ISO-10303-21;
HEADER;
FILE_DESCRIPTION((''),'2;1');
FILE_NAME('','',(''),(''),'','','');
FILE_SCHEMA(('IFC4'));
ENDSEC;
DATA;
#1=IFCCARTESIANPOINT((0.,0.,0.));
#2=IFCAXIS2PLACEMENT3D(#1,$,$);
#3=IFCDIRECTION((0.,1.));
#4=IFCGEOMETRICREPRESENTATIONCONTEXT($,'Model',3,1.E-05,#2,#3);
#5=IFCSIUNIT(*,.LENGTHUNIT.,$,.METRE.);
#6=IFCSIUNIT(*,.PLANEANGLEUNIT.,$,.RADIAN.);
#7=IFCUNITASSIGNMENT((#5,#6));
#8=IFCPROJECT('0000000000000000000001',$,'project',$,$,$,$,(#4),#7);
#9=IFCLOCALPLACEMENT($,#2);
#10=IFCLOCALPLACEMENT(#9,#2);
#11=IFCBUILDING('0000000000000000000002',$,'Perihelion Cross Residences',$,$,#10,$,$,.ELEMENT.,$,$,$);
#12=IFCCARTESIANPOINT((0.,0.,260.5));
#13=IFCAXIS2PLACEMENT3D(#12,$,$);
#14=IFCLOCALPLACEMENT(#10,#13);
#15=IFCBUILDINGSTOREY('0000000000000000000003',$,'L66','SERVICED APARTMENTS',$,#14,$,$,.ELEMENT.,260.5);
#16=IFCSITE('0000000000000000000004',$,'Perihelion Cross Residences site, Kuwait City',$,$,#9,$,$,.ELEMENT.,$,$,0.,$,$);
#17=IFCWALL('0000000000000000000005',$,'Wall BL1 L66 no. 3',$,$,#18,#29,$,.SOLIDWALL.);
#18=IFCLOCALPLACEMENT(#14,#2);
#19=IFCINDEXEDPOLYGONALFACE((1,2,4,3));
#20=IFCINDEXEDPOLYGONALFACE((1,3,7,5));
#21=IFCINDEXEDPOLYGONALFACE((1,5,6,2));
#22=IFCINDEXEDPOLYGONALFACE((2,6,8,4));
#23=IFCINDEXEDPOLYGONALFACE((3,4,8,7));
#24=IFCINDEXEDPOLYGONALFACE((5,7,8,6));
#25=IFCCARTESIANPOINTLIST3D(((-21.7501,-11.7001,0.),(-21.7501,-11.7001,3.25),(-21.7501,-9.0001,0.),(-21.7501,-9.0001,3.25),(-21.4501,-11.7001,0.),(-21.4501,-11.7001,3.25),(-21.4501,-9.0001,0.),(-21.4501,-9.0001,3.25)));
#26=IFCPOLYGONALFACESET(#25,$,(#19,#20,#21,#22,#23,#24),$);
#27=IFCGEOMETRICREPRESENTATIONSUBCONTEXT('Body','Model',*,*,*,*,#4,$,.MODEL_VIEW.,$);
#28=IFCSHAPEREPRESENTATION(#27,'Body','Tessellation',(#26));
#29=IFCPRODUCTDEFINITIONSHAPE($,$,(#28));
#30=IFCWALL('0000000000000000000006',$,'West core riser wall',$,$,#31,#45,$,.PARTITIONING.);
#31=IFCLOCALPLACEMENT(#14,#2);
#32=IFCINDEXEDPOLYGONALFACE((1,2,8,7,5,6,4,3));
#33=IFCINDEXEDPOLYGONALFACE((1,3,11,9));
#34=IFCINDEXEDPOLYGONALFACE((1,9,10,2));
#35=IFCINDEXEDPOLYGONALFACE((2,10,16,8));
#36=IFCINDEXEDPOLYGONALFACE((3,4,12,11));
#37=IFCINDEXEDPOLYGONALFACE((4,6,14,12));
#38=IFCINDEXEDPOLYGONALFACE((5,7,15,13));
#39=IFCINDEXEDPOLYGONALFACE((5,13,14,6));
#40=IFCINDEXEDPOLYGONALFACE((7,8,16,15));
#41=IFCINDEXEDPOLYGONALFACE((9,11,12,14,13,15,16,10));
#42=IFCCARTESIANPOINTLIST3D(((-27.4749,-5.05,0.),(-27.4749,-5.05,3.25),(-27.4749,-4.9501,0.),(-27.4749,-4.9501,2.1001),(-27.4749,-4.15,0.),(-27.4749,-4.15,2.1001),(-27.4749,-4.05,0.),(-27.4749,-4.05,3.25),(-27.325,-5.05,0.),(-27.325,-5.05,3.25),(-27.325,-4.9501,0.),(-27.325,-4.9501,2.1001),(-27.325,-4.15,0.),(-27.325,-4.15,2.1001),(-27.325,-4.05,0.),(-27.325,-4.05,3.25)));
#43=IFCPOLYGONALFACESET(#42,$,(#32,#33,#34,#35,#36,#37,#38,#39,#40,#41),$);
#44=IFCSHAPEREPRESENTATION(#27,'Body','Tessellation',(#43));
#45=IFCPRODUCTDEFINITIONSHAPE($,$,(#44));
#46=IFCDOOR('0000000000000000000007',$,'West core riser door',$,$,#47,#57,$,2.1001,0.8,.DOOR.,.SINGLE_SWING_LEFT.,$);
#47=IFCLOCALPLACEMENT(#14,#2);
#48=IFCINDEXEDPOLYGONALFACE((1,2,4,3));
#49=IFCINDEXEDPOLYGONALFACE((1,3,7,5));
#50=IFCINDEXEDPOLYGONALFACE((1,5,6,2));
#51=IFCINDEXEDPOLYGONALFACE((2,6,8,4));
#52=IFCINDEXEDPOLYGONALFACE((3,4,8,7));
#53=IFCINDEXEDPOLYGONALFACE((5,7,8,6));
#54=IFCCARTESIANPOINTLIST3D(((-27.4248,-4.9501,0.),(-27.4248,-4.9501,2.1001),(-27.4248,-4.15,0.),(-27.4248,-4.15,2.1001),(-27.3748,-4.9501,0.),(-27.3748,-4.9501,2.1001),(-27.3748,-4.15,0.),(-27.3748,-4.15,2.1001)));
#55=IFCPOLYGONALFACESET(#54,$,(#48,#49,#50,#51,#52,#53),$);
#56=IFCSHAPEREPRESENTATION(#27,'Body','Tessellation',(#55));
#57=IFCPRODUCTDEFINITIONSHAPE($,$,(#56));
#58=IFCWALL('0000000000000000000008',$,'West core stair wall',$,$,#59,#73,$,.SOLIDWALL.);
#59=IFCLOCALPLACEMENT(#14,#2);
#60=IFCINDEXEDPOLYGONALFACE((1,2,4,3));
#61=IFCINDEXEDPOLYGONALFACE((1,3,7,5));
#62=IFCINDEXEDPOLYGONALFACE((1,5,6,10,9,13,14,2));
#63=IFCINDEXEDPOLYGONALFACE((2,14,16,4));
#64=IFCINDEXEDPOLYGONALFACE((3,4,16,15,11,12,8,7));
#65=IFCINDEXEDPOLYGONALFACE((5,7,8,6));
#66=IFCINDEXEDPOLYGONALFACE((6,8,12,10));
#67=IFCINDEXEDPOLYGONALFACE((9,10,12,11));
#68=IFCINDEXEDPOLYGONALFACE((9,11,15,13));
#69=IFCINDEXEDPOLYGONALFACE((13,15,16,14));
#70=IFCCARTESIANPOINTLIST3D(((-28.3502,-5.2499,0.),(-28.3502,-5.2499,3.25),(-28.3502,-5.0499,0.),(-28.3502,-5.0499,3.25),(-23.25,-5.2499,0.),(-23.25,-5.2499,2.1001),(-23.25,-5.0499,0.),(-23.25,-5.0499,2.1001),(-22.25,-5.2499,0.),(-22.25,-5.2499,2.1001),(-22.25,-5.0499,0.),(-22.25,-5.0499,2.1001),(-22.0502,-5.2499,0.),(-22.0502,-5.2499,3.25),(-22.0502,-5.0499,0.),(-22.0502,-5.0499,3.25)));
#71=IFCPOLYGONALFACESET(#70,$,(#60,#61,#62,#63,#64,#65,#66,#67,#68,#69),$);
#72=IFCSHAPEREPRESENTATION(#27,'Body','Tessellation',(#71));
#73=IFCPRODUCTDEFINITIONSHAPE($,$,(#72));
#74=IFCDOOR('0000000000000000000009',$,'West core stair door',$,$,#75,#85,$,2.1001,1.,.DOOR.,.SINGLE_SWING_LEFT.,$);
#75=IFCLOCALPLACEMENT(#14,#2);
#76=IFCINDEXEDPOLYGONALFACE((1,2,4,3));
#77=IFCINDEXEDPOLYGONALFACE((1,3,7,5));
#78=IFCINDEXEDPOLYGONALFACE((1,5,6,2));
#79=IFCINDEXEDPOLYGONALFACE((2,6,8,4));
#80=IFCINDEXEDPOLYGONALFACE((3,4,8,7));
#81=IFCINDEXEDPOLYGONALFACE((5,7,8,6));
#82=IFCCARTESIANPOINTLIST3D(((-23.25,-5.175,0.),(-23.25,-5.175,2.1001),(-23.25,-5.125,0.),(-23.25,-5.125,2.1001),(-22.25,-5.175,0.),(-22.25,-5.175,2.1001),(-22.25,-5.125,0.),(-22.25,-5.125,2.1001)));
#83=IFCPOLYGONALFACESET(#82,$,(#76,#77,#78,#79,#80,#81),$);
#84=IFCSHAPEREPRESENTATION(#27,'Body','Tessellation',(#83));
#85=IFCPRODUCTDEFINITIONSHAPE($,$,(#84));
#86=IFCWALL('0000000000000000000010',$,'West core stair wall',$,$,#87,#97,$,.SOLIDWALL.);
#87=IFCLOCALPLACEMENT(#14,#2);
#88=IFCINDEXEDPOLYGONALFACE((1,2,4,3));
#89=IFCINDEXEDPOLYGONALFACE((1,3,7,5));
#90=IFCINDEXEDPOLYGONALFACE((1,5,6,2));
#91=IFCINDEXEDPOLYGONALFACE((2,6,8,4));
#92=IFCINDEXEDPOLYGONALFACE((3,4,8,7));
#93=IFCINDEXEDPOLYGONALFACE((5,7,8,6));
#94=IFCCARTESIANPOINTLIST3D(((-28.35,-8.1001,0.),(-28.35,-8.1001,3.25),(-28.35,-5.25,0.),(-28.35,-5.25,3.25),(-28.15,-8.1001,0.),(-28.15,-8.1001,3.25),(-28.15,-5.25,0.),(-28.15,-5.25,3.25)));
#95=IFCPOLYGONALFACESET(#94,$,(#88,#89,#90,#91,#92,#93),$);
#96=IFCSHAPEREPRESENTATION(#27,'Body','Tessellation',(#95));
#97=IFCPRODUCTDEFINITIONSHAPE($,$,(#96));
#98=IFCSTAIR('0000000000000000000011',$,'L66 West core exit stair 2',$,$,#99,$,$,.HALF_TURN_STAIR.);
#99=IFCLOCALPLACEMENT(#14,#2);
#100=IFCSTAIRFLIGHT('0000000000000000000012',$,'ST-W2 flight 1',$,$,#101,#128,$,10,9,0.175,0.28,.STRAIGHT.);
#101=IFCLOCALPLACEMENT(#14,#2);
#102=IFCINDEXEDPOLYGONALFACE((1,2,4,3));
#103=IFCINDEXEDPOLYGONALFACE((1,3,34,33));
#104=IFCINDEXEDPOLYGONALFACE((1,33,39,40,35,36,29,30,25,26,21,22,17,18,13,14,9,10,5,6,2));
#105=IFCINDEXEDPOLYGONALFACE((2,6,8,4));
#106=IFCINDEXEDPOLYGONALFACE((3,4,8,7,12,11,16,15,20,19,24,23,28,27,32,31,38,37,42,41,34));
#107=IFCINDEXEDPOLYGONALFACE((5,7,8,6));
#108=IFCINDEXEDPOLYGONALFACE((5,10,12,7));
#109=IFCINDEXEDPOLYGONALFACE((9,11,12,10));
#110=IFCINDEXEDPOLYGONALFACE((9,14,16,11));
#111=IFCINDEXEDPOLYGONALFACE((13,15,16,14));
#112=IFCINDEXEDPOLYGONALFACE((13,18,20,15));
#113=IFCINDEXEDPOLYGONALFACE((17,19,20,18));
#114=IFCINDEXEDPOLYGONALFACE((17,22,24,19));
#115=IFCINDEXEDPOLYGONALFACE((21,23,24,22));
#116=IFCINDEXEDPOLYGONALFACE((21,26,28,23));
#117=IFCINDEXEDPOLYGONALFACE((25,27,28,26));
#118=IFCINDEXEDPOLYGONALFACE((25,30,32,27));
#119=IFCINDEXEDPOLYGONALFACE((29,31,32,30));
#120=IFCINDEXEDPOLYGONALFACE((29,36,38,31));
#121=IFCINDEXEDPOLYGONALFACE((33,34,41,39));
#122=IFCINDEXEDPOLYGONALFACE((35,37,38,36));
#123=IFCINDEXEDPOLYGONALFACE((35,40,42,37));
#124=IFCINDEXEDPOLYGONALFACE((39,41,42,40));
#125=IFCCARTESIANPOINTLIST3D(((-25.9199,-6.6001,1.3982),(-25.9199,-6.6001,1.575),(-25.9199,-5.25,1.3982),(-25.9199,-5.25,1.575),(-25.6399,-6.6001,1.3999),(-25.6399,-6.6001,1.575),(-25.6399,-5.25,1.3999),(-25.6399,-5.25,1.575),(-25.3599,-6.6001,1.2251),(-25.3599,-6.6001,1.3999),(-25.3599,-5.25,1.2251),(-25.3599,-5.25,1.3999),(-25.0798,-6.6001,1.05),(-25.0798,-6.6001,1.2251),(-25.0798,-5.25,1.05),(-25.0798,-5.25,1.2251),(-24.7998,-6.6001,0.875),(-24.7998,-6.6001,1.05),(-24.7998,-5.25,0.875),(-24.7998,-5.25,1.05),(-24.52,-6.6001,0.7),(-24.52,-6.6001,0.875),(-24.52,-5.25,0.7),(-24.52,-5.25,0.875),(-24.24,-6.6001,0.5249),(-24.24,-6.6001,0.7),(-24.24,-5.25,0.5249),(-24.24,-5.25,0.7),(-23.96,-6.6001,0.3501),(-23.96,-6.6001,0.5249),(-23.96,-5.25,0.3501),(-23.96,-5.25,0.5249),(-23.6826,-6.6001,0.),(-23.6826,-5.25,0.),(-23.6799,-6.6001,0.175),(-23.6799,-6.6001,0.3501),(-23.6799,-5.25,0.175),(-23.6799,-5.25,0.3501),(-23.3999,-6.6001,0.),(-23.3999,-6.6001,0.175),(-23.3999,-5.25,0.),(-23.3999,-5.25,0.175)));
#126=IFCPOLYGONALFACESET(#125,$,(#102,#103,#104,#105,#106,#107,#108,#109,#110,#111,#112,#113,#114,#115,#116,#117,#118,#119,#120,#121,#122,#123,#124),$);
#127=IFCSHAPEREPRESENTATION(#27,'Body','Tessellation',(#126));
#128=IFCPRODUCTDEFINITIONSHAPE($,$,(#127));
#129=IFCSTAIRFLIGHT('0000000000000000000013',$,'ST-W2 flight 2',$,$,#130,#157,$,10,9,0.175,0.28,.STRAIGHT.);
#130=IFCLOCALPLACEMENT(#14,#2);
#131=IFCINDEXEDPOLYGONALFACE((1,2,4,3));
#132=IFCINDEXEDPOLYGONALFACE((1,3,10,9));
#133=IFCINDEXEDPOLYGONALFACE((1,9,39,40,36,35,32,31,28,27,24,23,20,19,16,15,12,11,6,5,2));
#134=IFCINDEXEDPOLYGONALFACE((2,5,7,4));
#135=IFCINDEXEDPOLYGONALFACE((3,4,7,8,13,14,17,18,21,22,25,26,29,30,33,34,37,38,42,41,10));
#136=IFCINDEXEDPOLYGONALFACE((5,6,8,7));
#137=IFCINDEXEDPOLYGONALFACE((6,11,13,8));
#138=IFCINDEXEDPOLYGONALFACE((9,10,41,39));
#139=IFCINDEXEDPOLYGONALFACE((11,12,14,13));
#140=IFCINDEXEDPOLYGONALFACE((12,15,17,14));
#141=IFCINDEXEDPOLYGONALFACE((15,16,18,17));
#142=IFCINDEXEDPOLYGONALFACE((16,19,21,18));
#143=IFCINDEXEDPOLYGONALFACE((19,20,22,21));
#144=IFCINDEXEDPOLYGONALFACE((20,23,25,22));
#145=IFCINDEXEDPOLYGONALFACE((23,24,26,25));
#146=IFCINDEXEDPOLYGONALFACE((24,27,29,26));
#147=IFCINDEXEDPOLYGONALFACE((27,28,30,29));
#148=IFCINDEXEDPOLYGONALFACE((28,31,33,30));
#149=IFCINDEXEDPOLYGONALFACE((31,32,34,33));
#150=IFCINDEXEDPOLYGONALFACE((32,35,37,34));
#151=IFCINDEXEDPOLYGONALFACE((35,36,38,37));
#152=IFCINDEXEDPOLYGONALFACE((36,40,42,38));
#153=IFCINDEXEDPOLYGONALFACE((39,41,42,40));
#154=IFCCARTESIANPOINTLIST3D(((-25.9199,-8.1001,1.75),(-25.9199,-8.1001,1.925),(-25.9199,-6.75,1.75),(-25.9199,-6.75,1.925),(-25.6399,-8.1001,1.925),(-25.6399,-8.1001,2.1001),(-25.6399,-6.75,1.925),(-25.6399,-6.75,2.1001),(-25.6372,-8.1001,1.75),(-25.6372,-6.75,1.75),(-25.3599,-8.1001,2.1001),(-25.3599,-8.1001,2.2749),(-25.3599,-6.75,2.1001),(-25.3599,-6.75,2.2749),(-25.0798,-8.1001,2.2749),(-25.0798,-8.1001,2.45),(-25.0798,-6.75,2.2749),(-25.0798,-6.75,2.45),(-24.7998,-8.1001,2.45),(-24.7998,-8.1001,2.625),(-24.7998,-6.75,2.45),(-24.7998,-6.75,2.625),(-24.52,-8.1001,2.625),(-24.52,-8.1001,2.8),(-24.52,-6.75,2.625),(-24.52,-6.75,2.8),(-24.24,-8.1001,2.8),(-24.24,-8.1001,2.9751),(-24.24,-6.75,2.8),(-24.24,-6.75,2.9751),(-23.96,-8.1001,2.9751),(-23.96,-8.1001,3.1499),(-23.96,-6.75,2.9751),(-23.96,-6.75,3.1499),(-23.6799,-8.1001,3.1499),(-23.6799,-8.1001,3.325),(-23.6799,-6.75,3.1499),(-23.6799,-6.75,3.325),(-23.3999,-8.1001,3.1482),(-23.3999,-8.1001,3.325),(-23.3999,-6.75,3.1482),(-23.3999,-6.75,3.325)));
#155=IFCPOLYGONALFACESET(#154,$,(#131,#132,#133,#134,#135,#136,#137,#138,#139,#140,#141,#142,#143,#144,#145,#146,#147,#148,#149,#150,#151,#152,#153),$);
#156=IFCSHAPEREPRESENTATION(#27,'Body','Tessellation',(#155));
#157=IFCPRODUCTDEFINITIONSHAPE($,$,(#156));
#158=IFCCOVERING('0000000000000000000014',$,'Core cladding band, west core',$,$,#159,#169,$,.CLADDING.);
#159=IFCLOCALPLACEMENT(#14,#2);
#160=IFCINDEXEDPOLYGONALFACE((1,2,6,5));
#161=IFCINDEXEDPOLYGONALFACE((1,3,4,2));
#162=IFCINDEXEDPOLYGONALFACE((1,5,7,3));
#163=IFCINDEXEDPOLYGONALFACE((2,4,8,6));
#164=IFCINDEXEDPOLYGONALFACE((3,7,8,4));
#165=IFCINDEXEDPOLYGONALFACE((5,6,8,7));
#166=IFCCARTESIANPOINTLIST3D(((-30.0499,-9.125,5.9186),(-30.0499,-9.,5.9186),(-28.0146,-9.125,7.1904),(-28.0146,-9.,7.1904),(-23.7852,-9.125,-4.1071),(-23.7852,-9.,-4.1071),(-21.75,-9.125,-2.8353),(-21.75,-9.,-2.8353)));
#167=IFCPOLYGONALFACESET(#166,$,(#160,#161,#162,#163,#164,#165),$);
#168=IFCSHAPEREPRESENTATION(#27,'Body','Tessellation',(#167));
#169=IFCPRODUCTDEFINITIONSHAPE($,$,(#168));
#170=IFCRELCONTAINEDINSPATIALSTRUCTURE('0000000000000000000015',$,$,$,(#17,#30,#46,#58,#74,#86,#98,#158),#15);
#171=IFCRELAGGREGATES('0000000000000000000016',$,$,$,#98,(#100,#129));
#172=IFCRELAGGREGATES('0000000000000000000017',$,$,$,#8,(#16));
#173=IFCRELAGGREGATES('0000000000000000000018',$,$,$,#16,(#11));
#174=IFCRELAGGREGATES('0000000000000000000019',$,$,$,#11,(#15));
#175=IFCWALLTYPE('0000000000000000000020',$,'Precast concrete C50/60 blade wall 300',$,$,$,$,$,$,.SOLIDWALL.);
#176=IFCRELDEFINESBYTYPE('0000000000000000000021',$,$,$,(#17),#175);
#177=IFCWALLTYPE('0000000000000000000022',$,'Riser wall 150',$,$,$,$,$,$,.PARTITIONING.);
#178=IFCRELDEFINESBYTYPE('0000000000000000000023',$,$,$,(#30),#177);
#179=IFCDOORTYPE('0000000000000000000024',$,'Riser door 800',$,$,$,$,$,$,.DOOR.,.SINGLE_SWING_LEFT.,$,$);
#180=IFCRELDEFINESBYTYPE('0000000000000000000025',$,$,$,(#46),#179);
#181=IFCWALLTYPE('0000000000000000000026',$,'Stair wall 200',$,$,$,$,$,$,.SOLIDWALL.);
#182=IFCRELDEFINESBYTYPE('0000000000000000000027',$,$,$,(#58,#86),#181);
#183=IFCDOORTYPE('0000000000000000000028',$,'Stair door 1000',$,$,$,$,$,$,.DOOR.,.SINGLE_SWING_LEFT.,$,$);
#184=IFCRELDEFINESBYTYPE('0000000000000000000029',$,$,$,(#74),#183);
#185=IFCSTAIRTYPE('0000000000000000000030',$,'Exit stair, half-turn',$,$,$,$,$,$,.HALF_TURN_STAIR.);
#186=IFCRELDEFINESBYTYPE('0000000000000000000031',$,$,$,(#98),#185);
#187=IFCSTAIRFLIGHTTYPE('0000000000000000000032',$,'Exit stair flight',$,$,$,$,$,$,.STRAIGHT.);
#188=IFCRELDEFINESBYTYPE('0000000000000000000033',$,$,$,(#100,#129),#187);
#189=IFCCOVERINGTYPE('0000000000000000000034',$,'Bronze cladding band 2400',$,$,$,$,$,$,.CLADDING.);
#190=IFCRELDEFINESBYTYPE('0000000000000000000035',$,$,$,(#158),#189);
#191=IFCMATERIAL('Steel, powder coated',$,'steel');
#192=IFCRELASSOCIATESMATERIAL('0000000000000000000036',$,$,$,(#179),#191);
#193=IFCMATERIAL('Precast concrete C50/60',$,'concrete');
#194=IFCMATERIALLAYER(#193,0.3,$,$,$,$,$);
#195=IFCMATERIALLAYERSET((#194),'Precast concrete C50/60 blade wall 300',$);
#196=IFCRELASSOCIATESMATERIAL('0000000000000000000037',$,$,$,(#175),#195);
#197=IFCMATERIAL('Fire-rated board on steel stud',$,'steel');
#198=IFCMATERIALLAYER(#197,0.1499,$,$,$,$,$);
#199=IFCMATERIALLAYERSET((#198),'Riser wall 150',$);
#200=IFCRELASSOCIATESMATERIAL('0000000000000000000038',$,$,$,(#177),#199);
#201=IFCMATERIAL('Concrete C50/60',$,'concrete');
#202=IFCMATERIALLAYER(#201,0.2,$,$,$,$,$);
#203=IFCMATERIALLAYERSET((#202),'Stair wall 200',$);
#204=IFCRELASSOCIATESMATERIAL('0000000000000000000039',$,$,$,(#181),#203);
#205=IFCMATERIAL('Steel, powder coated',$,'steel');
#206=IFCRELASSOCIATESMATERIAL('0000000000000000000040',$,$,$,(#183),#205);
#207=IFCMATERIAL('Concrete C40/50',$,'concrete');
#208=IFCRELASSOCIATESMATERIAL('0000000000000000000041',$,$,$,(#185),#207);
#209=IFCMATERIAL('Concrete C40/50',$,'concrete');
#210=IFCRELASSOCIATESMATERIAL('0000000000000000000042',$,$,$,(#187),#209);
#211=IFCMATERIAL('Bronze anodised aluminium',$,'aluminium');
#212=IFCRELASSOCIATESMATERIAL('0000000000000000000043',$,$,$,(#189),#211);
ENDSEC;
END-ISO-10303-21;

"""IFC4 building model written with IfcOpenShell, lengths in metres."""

from ifc_helpers import new_model, si_unit, direction, frame, frame_2d, origin, origin_2d, place, context, subcontext, project, spatial, polyline, rectangle, outline, extrude, material, layer, layer_set, material_profile, profile_set, type_object, element, fill, aggregate, save


model = new_model("IFC4")

# Units and contexts
model_context = context("Model", 3, precision=1e-05, world=origin(), true_north=direction((0.0, 1.0)))
body_context = subcontext(model_context, "Body", "Model", "MODEL_VIEW")
ifc_project = project(units=[si_unit("LENGTHUNIT", "METRE"), si_unit("PLANEANGLEUNIT", "RADIAN")], contexts=[model_context])

# Site, building, storey
site_placement = place(None, origin())
site = spatial("IfcSite", under=ifc_project, at=site_placement, Name="Perihelion Cross Residences site, Kuwait City", CompositionType="ELEMENT", RefElevation=0.0)
building_placement = place(site_placement, origin())
building = spatial("IfcBuilding", under=site, at=building_placement, Name="Perihelion Cross Residences", CompositionType="ELEMENT")
storey_placement = place(building_placement, frame((0.0, 0.0, 260.5)))
storey = spatial("IfcBuildingStorey", under=building, at=storey_placement, Name="L66", Description="SERVICED APARTMENTS", CompositionType="ELEMENT", Elevation=260.5)

# Shared definitions
ifc_material_1 = material(Name="Steel, powder coated", Category="steel")
door_type_1 = type_object("IfcDoorType", Name="Riser door 800", OperationType="SINGLE_SWING_LEFT", PredefinedType="DOOR", material=ifc_material_1)

# Wall
ifc_material_2 = material(Name="Precast concrete C50/60", Category="concrete")
ifc_layer_1 = layer(ifc_material_2, 0.3)
ifc_layer_set_1 = layer_set([ifc_layer_1], Name="Precast concrete C50/60 blade wall 300")
wall_type_1 = type_object("IfcWallType", Name="Precast concrete C50/60 blade wall 300", PredefinedType="SOLIDWALL", material=ifc_layer_set_1)
wall_1_placement = place(storey_placement, frame((-21.6001, -9.0, 0.0), z_axis=(0.0, 0.0, 1.0), x_axis=(0.0, -1.0, 0.0)))
element("IfcWall", 1, at=wall_1_placement, inside=storey, type_object=wall_type_1, Name="Wall BL1 L66 no. 3", PredefinedType="SOLIDWALL", context=body_context, shape_type="SweptSolid", body=[
    extrude(rectangle(XDim=2.7, YDim=0.3, at=frame_2d((1.3501, 0.0))), origin(), (0.0, 0.0, 1.0), 3.25),
])

# Walls, openings, doors
ifc_material_3 = material(Name="Fire-rated board on steel stud", Category="steel")
ifc_layer_2 = layer(ifc_material_3, 0.1499)
ifc_layer_set_2 = layer_set([ifc_layer_2], Name="Riser wall 150")
wall_type_2 = type_object("IfcWallType", Name="Riser wall 150", PredefinedType="PARTITIONING", material=ifc_layer_set_2)
wall_2_placement = place(storey_placement, frame((-27.3999, -5.05, 0.0), z_axis=(0.0, 0.0, 1.0), x_axis=(0.0, 1.0, 0.0)))
wall_2 = element("IfcWall", 2, at=wall_2_placement, inside=storey, type_object=wall_type_2, Name="West core riser wall", PredefinedType="PARTITIONING", context=body_context, shape_type="SweptSolid", body=[
    extrude(rectangle(XDim=1.0, YDim=0.1499, at=frame_2d((0.5, 0.0))), origin(), (0.0, 0.0, 1.0), 3.25),
])
opening_1_placement = place(wall_2_placement, frame((0.1001, 0.0, 0.0)))
opening_1 = element("IfcOpeningElement", 3, at=opening_1_placement, cuts=wall_2, PredefinedType="OPENING", context=body_context, shape_type="SweptSolid", body=[
    extrude(rectangle(XDim=0.8, YDim=2.1001, at=frame_2d((0.3999, 1.05))), frame((0.0, 0.085, 0.0), z_axis=(0.0, -1.0, 0.0), x_axis=(1.0, 0.0, 0.0)), (0.0, 0.0, 1.0), 0.1699),
])
door_1_placement = place(opening_1_placement, origin())
door_1 = element("IfcDoor", 4, at=door_1_placement, inside=storey, type_object=door_type_1, Name="West core riser door", OperationType="SINGLE_SWING_LEFT", OverallHeight=2.1001, OverallWidth=0.8, PredefinedType="DOOR", context=body_context, shape_type="SweptSolid", body=[
    extrude(rectangle(XDim=0.8, YDim=2.1001, at=frame_2d((0.3999, 1.05))), frame((0.0, 0.0249, 0.0), z_axis=(0.0, -1.0, 0.0), x_axis=(1.0, 0.0, 0.0)), (0.0, 0.0, 1.0), 0.05),
])
fill(opening_1, door_1)
ifc_material_4 = material(Name="Concrete C50/60", Category="concrete")
ifc_layer_3 = layer(ifc_material_4, 0.2)
ifc_layer_set_3 = layer_set([ifc_layer_3], Name="Stair wall 200")
wall_type_3 = type_object("IfcWallType", Name="Stair wall 200", PredefinedType="SOLIDWALL", material=ifc_layer_set_3)
wall_3_placement = place(storey_placement, frame((-28.3501, -5.1499, 0.0), z_axis=(0.0, 0.0, 1.0), x_axis=(1.0, 0.0, 0.0)))
wall_3 = element("IfcWall", 5, at=wall_3_placement, inside=storey, type_object=wall_type_3, Name="West core stair wall", PredefinedType="SOLIDWALL", context=body_context, shape_type="SweptSolid", body=[
    extrude(rectangle(XDim=6.3, YDim=0.2, at=frame_2d((3.1499, 0.0))), origin(), (0.0, 0.0, 1.0), 3.25),
])
opening_2_placement = place(wall_3_placement, frame((5.1001, 0.0, 0.0)))
opening_2 = element("IfcOpeningElement", 6, at=opening_2_placement, cuts=wall_3, PredefinedType="OPENING", context=body_context, shape_type="SweptSolid", body=[
    extrude(rectangle(XDim=1.0, YDim=2.1001, at=frame_2d((0.5, 1.05))), frame((0.0, 0.1099, 0.0), z_axis=(0.0, -1.0, 0.0), x_axis=(1.0, 0.0, 0.0)), (0.0, 0.0, 1.0), 0.22),
])
ifc_material_5 = material(Name="Steel, powder coated", Category="steel")
door_type_2 = type_object("IfcDoorType", Name="Stair door 1000", OperationType="SINGLE_SWING_LEFT", PredefinedType="DOOR", material=ifc_material_5)
door_2_placement = place(opening_2_placement, origin())
door_2 = element("IfcDoor", 7, at=door_2_placement, inside=storey, type_object=door_type_2, Name="West core stair door", OperationType="SINGLE_SWING_LEFT", OverallHeight=2.1001, OverallWidth=1.0, PredefinedType="DOOR", context=body_context, shape_type="SweptSolid", body=[
    extrude(rectangle(XDim=1.0, YDim=2.1001, at=frame_2d((0.5, 1.05))), frame((0.0, 0.0249, 0.0), z_axis=(0.0, -1.0, 0.0), x_axis=(1.0, 0.0, 0.0)), (0.0, 0.0, 1.0), 0.05),
])
fill(opening_2, door_2)

# Wall
wall_4_placement = place(storey_placement, frame((-28.25, -8.1001, 0.0), z_axis=(0.0, 0.0, 1.0), x_axis=(0.0, 1.0, 0.0)))
element("IfcWall", 8, at=wall_4_placement, inside=storey, type_object=wall_type_3, Name="West core stair wall", PredefinedType="SOLIDWALL", context=body_context, shape_type="SweptSolid", body=[
    extrude(rectangle(XDim=2.8501, YDim=0.2, at=frame_2d((1.425, 0.0))), origin(), (0.0, 0.0, 1.0), 3.25),
])

# Stair, stair flights
ifc_material_6 = material(Name="Concrete C40/50", Category="concrete")
stair_type = type_object("IfcStairType", Name="Exit stair, half-turn", PredefinedType="HALF_TURN_STAIR", material=ifc_material_6)
stair_placement = place(storey_placement, origin())
stair = element("IfcStair", 9, at=stair_placement, inside=storey, type_object=stair_type, Name="L66 West core exit stair 2", PredefinedType="HALF_TURN_STAIR")
ifc_material_7 = material(Name="Concrete C40/50", Category="concrete")
stair_flight_type = type_object("IfcStairFlightType", Name="Exit stair flight", PredefinedType="STRAIGHT", material=ifc_material_7)
stair_flight_1_placement = place(storey_placement, frame((-23.3999, -5.925, 0.0), z_axis=(0.0, 0.0, 1.0), x_axis=(-1.0, 0.0, 0.0)))
stair_flight_1 = element("IfcStairFlight", 10, at=stair_flight_1_placement, type_object=stair_flight_type, Name="ST-W2 flight 1", NumberOfRisers=10, NumberOfTreads=9, PredefinedType="STRAIGHT", RiserHeight=0.175, TreadLength=0.28, context=body_context, shape_type="SweptSolid", body=[
    extrude(outline(polyline([(0.0, 0.0), (0.0, 0.175), (0.28, 0.175), (0.28, 0.3501), (0.5601, 0.3501), (0.5601, 0.5249), (0.8401, 0.5249), (0.8401, 0.7), (1.1201, 0.7), (1.1201, 0.875), (1.3999, 0.875), (1.3999, 1.05), (1.6799, 1.05), (1.6799, 1.2251), (1.96, 1.2251), (1.96, 1.3999), (2.24, 1.3999), (2.24, 1.575), (2.52, 1.575), (2.52, 1.75), (2.52, 1.3982), (0.2827, 0.0), (0.0, 0.0)])), frame((0.0, 0.675, 0.0), z_axis=(0.0, -1.0, 0.0), x_axis=(1.0, 0.0, 0.0)), (0.0, 0.0, 1.0), 1.3501),
])
stair_flight_2_placement = place(storey_placement, frame((-25.9199, -7.425, 1.75), z_axis=(0.0, 0.0, 1.0), x_axis=(1.0, 0.0, 0.0)))
stair_flight_2 = element("IfcStairFlight", 11, at=stair_flight_2_placement, type_object=stair_flight_type, Name="ST-W2 flight 2", NumberOfRisers=10, NumberOfTreads=9, PredefinedType="STRAIGHT", RiserHeight=0.175, TreadLength=0.28, context=body_context, shape_type="SweptSolid", body=[
    extrude(outline(polyline([(0.0, 0.0), (0.0, 0.175), (0.28, 0.175), (0.28, 0.3501), (0.5601, 0.3501), (0.5601, 0.5249), (0.8401, 0.5249), (0.8401, 0.7), (1.1201, 0.7), (1.1201, 0.875), (1.3999, 0.875), (1.3999, 1.05), (1.6799, 1.05), (1.6799, 1.2251), (1.96, 1.2251), (1.96, 1.3999), (2.24, 1.3999), (2.24, 1.575), (2.52, 1.575), (2.52, 1.75), (2.52, 1.3982), (0.2827, 0.0), (0.0, 0.0)])), frame((0.0, 0.675, 0.0), z_axis=(0.0, -1.0, 0.0), x_axis=(1.0, 0.0, 0.0)), (0.0, 0.0, 1.0), 1.3501),
])
aggregate(stair, [stair_flight_1, stair_flight_2])

# Covering
ifc_material_8 = material(Name="Bronze anodised aluminium", Category="aluminium")
ifc_material_profile_1 = material_profile(ifc_material_8, rectangle(XDim=0.125, YDim=2.3999, at=origin_2d()), Name="Bronze cladding band 2400")
ifc_profile_set_1 = profile_set([ifc_material_profile_1], Name="Bronze anodised aluminium")
covering_type = type_object("IfcCoveringType", Name="Bronze cladding band 2400", PredefinedType="CLADDING", material=ifc_profile_set_1)
covering_placement = place(storey_placement, frame((-22.7676, -9.0625, -3.4712), z_axis=(-0.529915, 0.0, 0.848051), x_axis=(0.0, -1.0, 0.0)))
element("IfcCovering", 12, at=covering_placement, inside=storey, type_object=covering_type, Name="Core cladding band, west core", PredefinedType="CLADDING", context=body_context, shape_type="SweptSolid", body=[
    extrude(rectangle(XDim=0.125, YDim=2.3999, at=origin_2d()), origin(), (0.0, 0.0, 1.0), 11.822),
])

save(model, "model.ifc")
